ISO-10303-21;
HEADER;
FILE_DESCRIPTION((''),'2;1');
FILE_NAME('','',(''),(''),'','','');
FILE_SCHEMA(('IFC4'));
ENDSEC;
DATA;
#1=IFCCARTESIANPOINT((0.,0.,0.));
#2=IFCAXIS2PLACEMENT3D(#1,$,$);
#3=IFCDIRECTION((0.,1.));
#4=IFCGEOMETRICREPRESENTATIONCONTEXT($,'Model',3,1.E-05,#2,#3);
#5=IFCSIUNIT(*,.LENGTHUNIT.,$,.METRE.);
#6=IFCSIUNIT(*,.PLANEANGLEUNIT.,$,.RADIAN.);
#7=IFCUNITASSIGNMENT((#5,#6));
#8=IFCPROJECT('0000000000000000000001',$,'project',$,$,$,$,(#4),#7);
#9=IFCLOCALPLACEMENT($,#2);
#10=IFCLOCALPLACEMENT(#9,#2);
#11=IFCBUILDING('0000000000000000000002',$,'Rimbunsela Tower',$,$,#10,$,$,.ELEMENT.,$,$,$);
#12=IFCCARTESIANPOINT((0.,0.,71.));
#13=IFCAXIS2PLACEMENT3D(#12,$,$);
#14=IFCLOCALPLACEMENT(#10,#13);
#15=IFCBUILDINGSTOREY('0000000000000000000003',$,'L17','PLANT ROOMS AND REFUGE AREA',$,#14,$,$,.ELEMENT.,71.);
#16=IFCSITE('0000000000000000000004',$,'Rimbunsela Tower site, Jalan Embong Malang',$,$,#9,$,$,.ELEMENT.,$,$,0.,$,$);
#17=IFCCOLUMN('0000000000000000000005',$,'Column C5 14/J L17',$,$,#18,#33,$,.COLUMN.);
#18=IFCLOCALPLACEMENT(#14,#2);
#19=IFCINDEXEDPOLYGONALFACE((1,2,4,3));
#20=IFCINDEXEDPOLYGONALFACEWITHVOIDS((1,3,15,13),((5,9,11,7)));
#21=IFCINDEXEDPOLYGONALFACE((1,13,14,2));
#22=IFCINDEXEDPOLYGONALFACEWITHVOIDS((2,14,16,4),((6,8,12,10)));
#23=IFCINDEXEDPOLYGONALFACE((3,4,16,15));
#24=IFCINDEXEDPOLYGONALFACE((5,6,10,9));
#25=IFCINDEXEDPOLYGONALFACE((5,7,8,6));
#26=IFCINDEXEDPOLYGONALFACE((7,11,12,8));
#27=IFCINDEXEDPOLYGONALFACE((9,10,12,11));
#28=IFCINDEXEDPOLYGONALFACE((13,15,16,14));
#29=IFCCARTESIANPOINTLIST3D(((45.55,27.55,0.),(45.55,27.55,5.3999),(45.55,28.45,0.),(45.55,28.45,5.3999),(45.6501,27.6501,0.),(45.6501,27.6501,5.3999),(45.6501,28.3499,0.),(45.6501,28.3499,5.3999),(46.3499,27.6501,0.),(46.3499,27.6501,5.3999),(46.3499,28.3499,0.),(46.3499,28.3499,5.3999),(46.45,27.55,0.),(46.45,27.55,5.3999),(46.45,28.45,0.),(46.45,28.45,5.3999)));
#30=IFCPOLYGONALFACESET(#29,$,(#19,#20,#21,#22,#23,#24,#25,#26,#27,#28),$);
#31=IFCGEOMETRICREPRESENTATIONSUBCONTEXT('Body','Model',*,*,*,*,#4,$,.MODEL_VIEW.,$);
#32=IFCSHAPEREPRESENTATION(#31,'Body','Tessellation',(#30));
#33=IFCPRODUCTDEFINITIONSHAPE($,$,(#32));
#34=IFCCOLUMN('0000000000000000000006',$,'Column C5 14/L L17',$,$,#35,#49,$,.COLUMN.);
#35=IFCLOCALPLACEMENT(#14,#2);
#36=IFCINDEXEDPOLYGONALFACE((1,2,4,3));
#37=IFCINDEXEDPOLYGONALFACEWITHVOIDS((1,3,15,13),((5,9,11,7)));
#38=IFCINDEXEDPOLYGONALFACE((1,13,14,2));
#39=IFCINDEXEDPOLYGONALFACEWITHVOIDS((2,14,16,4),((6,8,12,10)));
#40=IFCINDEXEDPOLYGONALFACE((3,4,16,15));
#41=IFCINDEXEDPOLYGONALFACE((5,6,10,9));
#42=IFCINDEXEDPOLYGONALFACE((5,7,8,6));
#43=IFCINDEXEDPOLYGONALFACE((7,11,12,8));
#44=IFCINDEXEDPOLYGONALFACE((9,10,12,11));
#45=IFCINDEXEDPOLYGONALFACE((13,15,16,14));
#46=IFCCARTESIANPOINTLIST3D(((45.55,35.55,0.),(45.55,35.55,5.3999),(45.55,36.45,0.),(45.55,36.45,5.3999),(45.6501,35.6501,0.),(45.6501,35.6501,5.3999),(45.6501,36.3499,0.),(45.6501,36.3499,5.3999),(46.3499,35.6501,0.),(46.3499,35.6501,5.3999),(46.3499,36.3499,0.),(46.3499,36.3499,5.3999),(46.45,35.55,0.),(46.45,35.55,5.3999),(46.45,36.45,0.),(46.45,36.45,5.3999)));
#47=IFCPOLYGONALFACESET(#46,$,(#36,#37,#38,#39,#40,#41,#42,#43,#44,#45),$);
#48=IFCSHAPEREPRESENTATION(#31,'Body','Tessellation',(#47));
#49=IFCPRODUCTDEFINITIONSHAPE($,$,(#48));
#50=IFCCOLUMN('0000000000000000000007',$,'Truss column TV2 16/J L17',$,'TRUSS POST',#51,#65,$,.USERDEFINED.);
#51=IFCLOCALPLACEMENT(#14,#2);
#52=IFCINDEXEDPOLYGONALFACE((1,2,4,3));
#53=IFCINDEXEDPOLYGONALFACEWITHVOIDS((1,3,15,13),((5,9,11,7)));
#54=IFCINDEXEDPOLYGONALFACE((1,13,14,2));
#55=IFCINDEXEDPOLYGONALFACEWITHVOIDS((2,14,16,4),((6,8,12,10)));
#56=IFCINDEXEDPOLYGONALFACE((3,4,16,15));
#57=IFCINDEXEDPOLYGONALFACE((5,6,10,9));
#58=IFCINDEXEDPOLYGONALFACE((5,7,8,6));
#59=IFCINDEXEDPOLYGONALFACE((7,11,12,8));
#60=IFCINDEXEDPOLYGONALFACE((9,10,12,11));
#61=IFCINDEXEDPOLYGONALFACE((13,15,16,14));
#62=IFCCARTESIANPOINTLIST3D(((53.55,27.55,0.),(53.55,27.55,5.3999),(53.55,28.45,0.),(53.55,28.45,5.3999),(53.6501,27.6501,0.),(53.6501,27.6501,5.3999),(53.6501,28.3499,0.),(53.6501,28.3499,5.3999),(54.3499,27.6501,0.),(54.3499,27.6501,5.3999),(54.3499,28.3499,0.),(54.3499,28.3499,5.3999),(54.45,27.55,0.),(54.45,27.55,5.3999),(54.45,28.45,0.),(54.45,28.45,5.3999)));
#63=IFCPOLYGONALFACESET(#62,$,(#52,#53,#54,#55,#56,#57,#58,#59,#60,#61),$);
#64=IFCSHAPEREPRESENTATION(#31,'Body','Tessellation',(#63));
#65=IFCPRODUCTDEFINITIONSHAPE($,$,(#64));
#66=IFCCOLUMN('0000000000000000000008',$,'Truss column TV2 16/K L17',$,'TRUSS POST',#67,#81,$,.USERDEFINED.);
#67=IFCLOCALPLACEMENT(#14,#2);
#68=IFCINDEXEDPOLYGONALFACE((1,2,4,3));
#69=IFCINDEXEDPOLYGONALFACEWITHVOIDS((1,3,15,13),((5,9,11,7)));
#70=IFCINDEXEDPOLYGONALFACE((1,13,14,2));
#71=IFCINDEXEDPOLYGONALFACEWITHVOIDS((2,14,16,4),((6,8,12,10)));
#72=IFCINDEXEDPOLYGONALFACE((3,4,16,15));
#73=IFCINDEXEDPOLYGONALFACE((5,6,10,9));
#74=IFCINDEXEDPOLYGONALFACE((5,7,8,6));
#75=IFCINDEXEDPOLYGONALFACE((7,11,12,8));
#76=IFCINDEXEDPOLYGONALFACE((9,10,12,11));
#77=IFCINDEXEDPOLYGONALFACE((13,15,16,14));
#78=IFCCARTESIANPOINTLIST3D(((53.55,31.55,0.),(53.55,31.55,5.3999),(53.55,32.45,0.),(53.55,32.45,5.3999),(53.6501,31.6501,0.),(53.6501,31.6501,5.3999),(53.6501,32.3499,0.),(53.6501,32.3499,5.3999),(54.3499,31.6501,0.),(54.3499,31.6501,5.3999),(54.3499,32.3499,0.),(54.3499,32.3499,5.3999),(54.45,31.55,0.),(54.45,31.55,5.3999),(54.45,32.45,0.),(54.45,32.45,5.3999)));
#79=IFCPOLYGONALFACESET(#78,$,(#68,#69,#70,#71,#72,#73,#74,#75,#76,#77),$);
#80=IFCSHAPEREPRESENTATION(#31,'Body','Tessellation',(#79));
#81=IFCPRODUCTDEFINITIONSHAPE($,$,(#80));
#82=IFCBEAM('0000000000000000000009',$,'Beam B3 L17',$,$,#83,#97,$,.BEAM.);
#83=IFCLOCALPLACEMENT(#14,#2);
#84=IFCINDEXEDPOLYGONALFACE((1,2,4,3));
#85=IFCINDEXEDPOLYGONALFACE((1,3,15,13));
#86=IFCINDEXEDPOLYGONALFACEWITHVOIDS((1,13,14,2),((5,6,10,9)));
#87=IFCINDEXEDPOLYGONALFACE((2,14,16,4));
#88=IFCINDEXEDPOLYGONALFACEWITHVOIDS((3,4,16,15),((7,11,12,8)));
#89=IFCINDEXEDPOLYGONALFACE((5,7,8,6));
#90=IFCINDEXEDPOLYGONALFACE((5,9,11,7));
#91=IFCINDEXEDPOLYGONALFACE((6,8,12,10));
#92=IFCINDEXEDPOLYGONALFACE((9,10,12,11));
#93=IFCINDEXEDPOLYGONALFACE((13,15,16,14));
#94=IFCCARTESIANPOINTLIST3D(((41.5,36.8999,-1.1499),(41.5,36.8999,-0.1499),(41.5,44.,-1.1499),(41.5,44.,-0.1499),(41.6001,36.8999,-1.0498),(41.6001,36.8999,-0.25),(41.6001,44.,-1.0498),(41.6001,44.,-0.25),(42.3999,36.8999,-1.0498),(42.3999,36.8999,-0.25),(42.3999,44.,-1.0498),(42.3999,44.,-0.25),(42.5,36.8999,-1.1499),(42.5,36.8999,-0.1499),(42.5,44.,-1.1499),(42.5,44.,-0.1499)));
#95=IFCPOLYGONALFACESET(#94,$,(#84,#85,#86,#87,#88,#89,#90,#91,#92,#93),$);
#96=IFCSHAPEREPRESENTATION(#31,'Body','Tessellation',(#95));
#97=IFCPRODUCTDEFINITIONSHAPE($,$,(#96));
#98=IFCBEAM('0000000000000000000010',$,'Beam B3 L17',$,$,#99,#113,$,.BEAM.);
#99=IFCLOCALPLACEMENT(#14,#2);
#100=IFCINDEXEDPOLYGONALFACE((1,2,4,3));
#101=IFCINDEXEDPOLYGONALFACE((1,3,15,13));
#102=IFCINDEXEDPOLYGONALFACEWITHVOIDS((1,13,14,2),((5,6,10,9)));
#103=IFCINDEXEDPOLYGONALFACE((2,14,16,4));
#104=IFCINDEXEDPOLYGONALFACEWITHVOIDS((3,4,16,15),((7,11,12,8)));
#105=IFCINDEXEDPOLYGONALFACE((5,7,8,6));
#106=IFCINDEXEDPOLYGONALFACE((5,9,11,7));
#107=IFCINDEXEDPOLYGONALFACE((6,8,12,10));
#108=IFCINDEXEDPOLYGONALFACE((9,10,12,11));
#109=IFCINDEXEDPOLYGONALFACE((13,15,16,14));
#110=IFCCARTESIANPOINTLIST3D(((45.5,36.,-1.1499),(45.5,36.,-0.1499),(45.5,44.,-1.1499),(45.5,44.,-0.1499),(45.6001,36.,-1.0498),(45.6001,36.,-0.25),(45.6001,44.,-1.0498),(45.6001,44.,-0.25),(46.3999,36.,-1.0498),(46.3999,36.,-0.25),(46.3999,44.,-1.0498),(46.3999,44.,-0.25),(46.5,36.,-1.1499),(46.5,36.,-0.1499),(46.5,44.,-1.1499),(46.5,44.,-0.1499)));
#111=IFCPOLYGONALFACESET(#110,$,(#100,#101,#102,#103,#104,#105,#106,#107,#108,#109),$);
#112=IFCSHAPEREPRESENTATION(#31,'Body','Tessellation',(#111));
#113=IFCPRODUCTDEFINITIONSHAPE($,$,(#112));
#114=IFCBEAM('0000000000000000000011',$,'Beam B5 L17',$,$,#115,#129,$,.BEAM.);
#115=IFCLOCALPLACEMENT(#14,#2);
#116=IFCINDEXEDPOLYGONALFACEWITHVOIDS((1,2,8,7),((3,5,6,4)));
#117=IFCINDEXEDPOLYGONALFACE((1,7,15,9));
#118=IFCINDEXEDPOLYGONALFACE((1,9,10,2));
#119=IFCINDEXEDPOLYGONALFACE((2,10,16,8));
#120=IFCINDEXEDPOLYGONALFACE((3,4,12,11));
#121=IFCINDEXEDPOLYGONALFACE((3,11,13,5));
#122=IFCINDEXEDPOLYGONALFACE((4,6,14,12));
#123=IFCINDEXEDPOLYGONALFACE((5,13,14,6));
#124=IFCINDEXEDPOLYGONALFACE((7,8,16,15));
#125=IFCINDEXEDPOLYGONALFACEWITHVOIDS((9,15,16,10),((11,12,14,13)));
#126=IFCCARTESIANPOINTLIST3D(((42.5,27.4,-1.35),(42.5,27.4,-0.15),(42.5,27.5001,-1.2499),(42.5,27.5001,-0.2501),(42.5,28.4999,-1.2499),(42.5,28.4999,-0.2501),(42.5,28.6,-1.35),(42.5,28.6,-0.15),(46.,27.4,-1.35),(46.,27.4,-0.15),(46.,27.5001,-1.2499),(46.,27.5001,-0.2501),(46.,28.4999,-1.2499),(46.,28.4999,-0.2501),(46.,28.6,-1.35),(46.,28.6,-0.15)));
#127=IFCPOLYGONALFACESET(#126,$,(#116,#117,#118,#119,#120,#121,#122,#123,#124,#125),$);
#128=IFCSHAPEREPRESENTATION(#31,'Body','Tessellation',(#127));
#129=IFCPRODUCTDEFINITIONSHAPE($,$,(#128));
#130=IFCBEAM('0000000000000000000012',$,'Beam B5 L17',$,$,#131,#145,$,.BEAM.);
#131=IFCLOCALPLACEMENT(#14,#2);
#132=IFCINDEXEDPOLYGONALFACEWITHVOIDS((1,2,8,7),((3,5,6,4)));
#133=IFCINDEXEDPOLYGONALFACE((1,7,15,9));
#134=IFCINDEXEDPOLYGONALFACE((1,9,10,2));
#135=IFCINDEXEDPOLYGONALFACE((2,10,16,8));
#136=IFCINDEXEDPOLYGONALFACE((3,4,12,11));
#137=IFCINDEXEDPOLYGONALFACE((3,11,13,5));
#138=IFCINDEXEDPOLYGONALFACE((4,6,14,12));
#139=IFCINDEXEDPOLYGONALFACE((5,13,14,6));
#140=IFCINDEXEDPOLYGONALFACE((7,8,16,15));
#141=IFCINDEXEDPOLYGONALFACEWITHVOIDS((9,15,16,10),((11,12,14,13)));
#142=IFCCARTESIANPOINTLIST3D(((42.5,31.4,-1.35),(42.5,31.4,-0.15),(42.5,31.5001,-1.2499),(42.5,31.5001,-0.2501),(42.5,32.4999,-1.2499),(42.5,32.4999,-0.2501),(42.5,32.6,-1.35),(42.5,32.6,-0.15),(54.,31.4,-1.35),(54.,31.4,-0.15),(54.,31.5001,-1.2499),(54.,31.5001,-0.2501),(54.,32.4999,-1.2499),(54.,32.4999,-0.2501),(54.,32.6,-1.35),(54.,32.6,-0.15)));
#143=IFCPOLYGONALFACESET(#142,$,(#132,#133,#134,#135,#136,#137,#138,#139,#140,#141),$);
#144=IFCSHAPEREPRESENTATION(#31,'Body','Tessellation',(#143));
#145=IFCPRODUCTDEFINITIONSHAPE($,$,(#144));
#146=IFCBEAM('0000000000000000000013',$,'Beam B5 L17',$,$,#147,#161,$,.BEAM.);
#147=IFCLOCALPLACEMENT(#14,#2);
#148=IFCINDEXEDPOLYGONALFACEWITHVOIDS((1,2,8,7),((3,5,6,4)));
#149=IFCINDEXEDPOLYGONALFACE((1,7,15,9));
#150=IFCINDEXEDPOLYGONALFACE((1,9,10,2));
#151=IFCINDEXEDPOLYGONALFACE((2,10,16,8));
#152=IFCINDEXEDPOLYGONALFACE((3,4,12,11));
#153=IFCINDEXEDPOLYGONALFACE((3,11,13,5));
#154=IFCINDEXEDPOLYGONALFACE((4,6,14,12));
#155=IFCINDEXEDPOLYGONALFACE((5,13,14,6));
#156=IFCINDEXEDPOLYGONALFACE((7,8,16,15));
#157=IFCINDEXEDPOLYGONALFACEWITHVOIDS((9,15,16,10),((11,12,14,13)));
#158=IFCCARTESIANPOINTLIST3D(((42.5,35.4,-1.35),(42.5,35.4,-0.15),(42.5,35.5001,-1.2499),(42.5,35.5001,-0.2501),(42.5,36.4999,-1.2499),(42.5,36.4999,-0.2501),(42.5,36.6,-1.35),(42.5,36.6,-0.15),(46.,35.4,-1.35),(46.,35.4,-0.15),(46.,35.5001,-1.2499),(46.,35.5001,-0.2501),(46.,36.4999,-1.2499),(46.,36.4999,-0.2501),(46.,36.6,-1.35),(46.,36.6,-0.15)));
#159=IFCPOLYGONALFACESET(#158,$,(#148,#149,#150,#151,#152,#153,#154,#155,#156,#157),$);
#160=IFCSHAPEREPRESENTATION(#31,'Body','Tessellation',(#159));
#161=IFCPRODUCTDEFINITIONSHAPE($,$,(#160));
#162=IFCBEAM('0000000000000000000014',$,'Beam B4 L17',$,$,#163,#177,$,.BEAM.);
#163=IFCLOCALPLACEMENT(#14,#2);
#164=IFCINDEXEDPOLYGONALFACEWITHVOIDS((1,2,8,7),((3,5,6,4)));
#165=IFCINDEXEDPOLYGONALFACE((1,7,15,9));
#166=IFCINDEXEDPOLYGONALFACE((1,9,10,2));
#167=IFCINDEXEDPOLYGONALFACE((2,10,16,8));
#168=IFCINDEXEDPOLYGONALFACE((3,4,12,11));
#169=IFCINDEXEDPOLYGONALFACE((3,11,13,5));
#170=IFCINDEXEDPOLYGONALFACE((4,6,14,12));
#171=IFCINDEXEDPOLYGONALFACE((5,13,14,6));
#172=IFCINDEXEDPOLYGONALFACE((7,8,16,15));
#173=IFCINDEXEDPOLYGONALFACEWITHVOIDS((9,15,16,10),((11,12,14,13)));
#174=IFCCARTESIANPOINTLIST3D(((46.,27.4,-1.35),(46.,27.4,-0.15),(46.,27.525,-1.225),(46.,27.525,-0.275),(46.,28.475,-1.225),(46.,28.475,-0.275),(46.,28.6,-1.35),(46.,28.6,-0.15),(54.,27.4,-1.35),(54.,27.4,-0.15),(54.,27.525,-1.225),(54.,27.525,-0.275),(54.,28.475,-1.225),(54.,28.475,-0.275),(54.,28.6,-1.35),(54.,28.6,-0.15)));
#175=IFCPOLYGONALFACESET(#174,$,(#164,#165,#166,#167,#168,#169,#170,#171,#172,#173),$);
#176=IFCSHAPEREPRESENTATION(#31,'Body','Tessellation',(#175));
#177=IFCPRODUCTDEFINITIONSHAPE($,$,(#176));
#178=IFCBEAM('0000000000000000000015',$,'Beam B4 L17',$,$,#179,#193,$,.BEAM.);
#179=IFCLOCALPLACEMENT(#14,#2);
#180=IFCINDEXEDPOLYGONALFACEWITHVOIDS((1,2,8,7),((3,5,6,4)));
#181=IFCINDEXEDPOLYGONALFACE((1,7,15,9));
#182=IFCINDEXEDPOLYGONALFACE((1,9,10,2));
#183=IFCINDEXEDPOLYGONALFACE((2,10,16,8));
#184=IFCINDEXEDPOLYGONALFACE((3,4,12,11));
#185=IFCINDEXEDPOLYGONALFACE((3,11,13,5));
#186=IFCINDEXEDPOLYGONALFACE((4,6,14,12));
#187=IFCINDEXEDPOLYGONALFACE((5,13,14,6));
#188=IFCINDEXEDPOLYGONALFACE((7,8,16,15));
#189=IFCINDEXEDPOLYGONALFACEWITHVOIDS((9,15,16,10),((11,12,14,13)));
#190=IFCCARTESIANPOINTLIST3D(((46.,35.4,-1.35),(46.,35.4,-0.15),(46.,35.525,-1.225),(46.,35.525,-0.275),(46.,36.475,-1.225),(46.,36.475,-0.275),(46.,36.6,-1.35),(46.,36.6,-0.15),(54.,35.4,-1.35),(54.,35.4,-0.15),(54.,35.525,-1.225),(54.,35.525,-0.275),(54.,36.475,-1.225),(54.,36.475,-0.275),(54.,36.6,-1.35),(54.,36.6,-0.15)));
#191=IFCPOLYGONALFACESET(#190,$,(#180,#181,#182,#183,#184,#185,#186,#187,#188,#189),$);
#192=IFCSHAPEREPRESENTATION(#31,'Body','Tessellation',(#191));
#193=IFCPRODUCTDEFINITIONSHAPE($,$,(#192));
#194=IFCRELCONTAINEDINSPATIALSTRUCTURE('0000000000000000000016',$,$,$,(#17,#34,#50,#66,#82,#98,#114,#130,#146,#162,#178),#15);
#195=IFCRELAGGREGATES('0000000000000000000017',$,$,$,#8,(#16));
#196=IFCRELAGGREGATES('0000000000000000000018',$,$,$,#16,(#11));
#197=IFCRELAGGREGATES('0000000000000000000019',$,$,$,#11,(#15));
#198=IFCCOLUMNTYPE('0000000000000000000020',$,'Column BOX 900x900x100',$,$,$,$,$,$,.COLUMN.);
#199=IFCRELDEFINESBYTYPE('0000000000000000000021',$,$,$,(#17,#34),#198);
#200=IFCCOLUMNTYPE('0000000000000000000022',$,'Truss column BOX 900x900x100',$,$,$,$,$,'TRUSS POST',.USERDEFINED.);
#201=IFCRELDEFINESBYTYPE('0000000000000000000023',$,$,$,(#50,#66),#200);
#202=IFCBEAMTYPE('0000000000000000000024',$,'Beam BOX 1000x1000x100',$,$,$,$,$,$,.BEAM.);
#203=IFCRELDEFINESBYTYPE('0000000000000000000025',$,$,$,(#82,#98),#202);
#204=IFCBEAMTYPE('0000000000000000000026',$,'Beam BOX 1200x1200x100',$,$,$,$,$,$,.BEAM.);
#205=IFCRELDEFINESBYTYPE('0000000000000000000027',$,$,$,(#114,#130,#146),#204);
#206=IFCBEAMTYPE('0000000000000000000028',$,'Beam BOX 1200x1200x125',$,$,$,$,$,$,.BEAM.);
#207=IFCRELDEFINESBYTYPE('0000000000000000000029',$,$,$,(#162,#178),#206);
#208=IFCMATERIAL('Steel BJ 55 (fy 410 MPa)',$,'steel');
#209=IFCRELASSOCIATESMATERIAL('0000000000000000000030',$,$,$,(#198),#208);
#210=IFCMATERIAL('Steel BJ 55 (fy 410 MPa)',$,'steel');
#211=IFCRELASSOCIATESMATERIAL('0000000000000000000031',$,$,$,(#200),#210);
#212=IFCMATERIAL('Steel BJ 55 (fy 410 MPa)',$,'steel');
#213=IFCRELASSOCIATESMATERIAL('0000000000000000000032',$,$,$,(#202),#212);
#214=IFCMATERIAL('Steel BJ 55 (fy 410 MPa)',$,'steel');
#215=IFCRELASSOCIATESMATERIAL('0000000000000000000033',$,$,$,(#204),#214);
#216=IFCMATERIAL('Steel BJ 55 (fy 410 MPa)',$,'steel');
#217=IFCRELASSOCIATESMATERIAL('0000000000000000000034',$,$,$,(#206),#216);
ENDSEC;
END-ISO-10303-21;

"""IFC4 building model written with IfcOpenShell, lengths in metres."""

from ifc_helpers import new_model, si_unit, direction, frame, origin, origin_2d, place, context, subcontext, project, spatial, hollow_rectangle, extrude, material, material_profile, profile_set, type_object, element, save


model = new_model("IFC4")

# Units and contexts
model_context = context("Model", 3, precision=1e-05, world=origin(), true_north=direction((0.0, 1.0)))
body_context = subcontext(model_context, "Body", "Model", "MODEL_VIEW")
ifc_project = project(units=[si_unit("LENGTHUNIT", "METRE"), si_unit("PLANEANGLEUNIT", "RADIAN")], contexts=[model_context])

# Site, building, storey
site_placement = place(None, origin())
site = spatial("IfcSite", under=ifc_project, at=site_placement, Name="Rimbunsela Tower site, Jalan Embong Malang", CompositionType="ELEMENT", RefElevation=0.0)
building_placement = place(site_placement, origin())
building = spatial("IfcBuilding", under=site, at=building_placement, Name="Rimbunsela Tower", CompositionType="ELEMENT")
storey_placement = place(building_placement, frame((0.0, 0.0, 71.0)))
storey = spatial("IfcBuildingStorey", under=building, at=storey_placement, Name="L17", Description="PLANT ROOMS AND REFUGE AREA", CompositionType="ELEMENT", Elevation=71.0)

# Columns
ifc_material_1 = material(Name="Steel BJ 55 (fy 410 MPa)", Category="steel")
ifc_material_profile_1 = material_profile(ifc_material_1, hollow_rectangle(XDim=0.8999, YDim=0.8999, WallThickness=0.1001, at=origin_2d()), Name="BOX 900x900x100")
ifc_profile_set_1 = profile_set([ifc_material_profile_1], Name="Steel BJ 55 (fy 410 MPa)")
column_type_1 = type_object("IfcColumnType", Name="Column BOX 900x900x100", PredefinedType="COLUMN", material=ifc_profile_set_1)
for number, where, z_axis, x_axis, name in (
    (1, (46.0, 28.0, 0.0), (0.0, 0.0, 1.0), (1.0, 0.0, 0.0), "Column C5 14/J L17"),
    (2, (46.0, 36.0, 0.0), (0.0, 0.0, 1.0), (1.0, 0.0, 0.0), "Column C5 14/L L17"),
):
    element("IfcColumn", number, at=place(storey_placement, frame(where, z_axis=z_axis, x_axis=x_axis)), inside=storey, type_object=column_type_1, Name=name, PredefinedType="COLUMN", context=body_context, shape_type="SweptSolid", body=[
        extrude(hollow_rectangle(XDim=0.8999, YDim=0.8999, WallThickness=0.1001, at=origin_2d()), origin(), (0.0, 0.0, 1.0), 5.3999),
    ])
ifc_material_2 = material(Name="Steel BJ 55 (fy 410 MPa)", Category="steel")
ifc_material_profile_2 = material_profile(ifc_material_2, hollow_rectangle(XDim=0.8999, YDim=0.8999, WallThickness=0.1001, at=origin_2d()), Name="BOX 900x900x100")
ifc_profile_set_2 = profile_set([ifc_material_profile_2], Name="Steel BJ 55 (fy 410 MPa)")
column_type_2 = type_object("IfcColumnType", Name="Truss column BOX 900x900x100", ElementType="TRUSS POST", PredefinedType="USERDEFINED", material=ifc_profile_set_2)
for number, where, z_axis, x_axis, name in (
    (3, (54.0, 28.0, 0.0), (0.0, 0.0, 1.0), (1.0, 0.0, 0.0), "Truss column TV2 16/J L17"),
    (4, (54.0, 32.0, 0.0), (0.0, 0.0, 1.0), (1.0, 0.0, 0.0), "Truss column TV2 16/K L17"),
):
    element("IfcColumn", number, at=place(storey_placement, frame(where, z_axis=z_axis, x_axis=x_axis)), inside=storey, type_object=column_type_2, Name=name, ObjectType="TRUSS POST", PredefinedType="USERDEFINED", context=body_context, shape_type="SweptSolid", body=[
        extrude(hollow_rectangle(XDim=0.8999, YDim=0.8999, WallThickness=0.1001, at=origin_2d()), origin(), (0.0, 0.0, 1.0), 5.3999),
    ])

# Beams
ifc_material_3 = material(Name="Steel BJ 55 (fy 410 MPa)", Category="steel")
ifc_material_profile_3 = material_profile(ifc_material_3, hollow_rectangle(XDim=1.0, YDim=1.0, WallThickness=0.1001, at=origin_2d()), Name="BOX 1000x1000x100")
ifc_profile_set_3 = profile_set([ifc_material_profile_3], Name="Steel BJ 55 (fy 410 MPa)")
beam_type_1 = type_object("IfcBeamType", Name="Beam BOX 1000x1000x100", PredefinedType="BEAM", material=ifc_profile_set_3)
beam_1_placement = place(storey_placement, frame((42.0, 36.8999, -0.6499), z_axis=(0.0, 1.0, 0.0), x_axis=(-1.0, 0.0, 0.0)))
element("IfcBeam", 5, at=beam_1_placement, inside=storey, type_object=beam_type_1, Name="Beam B3 L17", PredefinedType="BEAM", context=body_context, shape_type="SweptSolid", body=[
    extrude(hollow_rectangle(XDim=1.0, YDim=1.0, WallThickness=0.1001, at=origin_2d()), origin(), (0.0, 0.0, 1.0), 7.1001),
])
beam_2_placement = place(storey_placement, frame((46.0, 36.0, -0.6499), z_axis=(0.0, 1.0, 0.0), x_axis=(-1.0, 0.0, 0.0)))
element("IfcBeam", 6, at=beam_2_placement, inside=storey, type_object=beam_type_1, Name="Beam B3 L17", PredefinedType="BEAM", context=body_context, shape_type="SweptSolid", body=[
    extrude(hollow_rectangle(XDim=1.0, YDim=1.0, WallThickness=0.1001, at=origin_2d()), origin(), (0.0, 0.0, 1.0), 8.0),
])
ifc_material_4 = material(Name="Steel BJ 55 (fy 410 MPa)", Category="steel")
ifc_material_profile_4 = material_profile(ifc_material_4, hollow_rectangle(XDim=1.2, YDim=1.2, WallThickness=0.1001, at=origin_2d()), Name="BOX 1200x1200x100")
ifc_profile_set_4 = profile_set([ifc_material_profile_4], Name="Steel BJ 55 (fy 410 MPa)")
beam_type_2 = type_object("IfcBeamType", Name="Beam BOX 1200x1200x100", PredefinedType="BEAM", material=ifc_profile_set_4)
beam_3_placement = place(storey_placement, frame((42.5, 28.0, -0.75), z_axis=(1.0, 0.0, 0.0), x_axis=(0.0, 1.0, 0.0)))
element("IfcBeam", 7, at=beam_3_placement, inside=storey, type_object=beam_type_2, Name="Beam B5 L17", PredefinedType="BEAM", context=body_context, shape_type="SweptSolid", body=[
    extrude(hollow_rectangle(XDim=1.2, YDim=1.2, WallThickness=0.1001, at=origin_2d()), origin(), (0.0, 0.0, 1.0), 3.5),
])
beam_4_placement = place(storey_placement, frame((42.5, 32.0, -0.75), z_axis=(1.0, 0.0, 0.0), x_axis=(0.0, 1.0, 0.0)))
element("IfcBeam", 8, at=beam_4_placement, inside=storey, type_object=beam_type_2, Name="Beam B5 L17", PredefinedType="BEAM", context=body_context, shape_type="SweptSolid", body=[
    extrude(hollow_rectangle(XDim=1.2, YDim=1.2, WallThickness=0.1001, at=origin_2d()), origin(), (0.0, 0.0, 1.0), 11.5),
])
beam_5_placement = place(storey_placement, frame((42.5, 36.0, -0.75), z_axis=(1.0, 0.0, 0.0), x_axis=(0.0, 1.0, 0.0)))
element("IfcBeam", 9, at=beam_5_placement, inside=storey, type_object=beam_type_2, Name="Beam B5 L17", PredefinedType="BEAM", context=body_context, shape_type="SweptSolid", body=[
    extrude(hollow_rectangle(XDim=1.2, YDim=1.2, WallThickness=0.1001, at=origin_2d()), origin(), (0.0, 0.0, 1.0), 3.5),
])
ifc_material_5 = material(Name="Steel BJ 55 (fy 410 MPa)", Category="steel")
ifc_material_profile_5 = material_profile(ifc_material_5, hollow_rectangle(XDim=1.2, YDim=1.2, WallThickness=0.125, at=origin_2d()), Name="BOX 1200x1200x125")
ifc_profile_set_5 = profile_set([ifc_material_profile_5], Name="Steel BJ 55 (fy 410 MPa)")
beam_type_3 = type_object("IfcBeamType", Name="Beam BOX 1200x1200x125", PredefinedType="BEAM", material=ifc_profile_set_5)
for number, where, z_axis, x_axis, name in (
    (10, (46.0, 28.0, -0.75), (1.0, 0.0, 0.0), (0.0, 1.0, 0.0), "Beam B4 L17"),
    (11, (46.0, 36.0, -0.75), (1.0, 0.0, 0.0), (0.0, 1.0, 0.0), "Beam B4 L17"),
):
    element("IfcBeam", number, at=place(storey_placement, frame(where, z_axis=z_axis, x_axis=x_axis)), inside=storey, type_object=beam_type_3, Name=name, PredefinedType="BEAM", context=body_context, shape_type="SweptSolid", body=[
        extrude(hollow_rectangle(XDim=1.2, YDim=1.2, WallThickness=0.125, at=origin_2d()), origin(), (0.0, 0.0, 1.0), 8.0),
    ])

save(model, "model.ifc")
